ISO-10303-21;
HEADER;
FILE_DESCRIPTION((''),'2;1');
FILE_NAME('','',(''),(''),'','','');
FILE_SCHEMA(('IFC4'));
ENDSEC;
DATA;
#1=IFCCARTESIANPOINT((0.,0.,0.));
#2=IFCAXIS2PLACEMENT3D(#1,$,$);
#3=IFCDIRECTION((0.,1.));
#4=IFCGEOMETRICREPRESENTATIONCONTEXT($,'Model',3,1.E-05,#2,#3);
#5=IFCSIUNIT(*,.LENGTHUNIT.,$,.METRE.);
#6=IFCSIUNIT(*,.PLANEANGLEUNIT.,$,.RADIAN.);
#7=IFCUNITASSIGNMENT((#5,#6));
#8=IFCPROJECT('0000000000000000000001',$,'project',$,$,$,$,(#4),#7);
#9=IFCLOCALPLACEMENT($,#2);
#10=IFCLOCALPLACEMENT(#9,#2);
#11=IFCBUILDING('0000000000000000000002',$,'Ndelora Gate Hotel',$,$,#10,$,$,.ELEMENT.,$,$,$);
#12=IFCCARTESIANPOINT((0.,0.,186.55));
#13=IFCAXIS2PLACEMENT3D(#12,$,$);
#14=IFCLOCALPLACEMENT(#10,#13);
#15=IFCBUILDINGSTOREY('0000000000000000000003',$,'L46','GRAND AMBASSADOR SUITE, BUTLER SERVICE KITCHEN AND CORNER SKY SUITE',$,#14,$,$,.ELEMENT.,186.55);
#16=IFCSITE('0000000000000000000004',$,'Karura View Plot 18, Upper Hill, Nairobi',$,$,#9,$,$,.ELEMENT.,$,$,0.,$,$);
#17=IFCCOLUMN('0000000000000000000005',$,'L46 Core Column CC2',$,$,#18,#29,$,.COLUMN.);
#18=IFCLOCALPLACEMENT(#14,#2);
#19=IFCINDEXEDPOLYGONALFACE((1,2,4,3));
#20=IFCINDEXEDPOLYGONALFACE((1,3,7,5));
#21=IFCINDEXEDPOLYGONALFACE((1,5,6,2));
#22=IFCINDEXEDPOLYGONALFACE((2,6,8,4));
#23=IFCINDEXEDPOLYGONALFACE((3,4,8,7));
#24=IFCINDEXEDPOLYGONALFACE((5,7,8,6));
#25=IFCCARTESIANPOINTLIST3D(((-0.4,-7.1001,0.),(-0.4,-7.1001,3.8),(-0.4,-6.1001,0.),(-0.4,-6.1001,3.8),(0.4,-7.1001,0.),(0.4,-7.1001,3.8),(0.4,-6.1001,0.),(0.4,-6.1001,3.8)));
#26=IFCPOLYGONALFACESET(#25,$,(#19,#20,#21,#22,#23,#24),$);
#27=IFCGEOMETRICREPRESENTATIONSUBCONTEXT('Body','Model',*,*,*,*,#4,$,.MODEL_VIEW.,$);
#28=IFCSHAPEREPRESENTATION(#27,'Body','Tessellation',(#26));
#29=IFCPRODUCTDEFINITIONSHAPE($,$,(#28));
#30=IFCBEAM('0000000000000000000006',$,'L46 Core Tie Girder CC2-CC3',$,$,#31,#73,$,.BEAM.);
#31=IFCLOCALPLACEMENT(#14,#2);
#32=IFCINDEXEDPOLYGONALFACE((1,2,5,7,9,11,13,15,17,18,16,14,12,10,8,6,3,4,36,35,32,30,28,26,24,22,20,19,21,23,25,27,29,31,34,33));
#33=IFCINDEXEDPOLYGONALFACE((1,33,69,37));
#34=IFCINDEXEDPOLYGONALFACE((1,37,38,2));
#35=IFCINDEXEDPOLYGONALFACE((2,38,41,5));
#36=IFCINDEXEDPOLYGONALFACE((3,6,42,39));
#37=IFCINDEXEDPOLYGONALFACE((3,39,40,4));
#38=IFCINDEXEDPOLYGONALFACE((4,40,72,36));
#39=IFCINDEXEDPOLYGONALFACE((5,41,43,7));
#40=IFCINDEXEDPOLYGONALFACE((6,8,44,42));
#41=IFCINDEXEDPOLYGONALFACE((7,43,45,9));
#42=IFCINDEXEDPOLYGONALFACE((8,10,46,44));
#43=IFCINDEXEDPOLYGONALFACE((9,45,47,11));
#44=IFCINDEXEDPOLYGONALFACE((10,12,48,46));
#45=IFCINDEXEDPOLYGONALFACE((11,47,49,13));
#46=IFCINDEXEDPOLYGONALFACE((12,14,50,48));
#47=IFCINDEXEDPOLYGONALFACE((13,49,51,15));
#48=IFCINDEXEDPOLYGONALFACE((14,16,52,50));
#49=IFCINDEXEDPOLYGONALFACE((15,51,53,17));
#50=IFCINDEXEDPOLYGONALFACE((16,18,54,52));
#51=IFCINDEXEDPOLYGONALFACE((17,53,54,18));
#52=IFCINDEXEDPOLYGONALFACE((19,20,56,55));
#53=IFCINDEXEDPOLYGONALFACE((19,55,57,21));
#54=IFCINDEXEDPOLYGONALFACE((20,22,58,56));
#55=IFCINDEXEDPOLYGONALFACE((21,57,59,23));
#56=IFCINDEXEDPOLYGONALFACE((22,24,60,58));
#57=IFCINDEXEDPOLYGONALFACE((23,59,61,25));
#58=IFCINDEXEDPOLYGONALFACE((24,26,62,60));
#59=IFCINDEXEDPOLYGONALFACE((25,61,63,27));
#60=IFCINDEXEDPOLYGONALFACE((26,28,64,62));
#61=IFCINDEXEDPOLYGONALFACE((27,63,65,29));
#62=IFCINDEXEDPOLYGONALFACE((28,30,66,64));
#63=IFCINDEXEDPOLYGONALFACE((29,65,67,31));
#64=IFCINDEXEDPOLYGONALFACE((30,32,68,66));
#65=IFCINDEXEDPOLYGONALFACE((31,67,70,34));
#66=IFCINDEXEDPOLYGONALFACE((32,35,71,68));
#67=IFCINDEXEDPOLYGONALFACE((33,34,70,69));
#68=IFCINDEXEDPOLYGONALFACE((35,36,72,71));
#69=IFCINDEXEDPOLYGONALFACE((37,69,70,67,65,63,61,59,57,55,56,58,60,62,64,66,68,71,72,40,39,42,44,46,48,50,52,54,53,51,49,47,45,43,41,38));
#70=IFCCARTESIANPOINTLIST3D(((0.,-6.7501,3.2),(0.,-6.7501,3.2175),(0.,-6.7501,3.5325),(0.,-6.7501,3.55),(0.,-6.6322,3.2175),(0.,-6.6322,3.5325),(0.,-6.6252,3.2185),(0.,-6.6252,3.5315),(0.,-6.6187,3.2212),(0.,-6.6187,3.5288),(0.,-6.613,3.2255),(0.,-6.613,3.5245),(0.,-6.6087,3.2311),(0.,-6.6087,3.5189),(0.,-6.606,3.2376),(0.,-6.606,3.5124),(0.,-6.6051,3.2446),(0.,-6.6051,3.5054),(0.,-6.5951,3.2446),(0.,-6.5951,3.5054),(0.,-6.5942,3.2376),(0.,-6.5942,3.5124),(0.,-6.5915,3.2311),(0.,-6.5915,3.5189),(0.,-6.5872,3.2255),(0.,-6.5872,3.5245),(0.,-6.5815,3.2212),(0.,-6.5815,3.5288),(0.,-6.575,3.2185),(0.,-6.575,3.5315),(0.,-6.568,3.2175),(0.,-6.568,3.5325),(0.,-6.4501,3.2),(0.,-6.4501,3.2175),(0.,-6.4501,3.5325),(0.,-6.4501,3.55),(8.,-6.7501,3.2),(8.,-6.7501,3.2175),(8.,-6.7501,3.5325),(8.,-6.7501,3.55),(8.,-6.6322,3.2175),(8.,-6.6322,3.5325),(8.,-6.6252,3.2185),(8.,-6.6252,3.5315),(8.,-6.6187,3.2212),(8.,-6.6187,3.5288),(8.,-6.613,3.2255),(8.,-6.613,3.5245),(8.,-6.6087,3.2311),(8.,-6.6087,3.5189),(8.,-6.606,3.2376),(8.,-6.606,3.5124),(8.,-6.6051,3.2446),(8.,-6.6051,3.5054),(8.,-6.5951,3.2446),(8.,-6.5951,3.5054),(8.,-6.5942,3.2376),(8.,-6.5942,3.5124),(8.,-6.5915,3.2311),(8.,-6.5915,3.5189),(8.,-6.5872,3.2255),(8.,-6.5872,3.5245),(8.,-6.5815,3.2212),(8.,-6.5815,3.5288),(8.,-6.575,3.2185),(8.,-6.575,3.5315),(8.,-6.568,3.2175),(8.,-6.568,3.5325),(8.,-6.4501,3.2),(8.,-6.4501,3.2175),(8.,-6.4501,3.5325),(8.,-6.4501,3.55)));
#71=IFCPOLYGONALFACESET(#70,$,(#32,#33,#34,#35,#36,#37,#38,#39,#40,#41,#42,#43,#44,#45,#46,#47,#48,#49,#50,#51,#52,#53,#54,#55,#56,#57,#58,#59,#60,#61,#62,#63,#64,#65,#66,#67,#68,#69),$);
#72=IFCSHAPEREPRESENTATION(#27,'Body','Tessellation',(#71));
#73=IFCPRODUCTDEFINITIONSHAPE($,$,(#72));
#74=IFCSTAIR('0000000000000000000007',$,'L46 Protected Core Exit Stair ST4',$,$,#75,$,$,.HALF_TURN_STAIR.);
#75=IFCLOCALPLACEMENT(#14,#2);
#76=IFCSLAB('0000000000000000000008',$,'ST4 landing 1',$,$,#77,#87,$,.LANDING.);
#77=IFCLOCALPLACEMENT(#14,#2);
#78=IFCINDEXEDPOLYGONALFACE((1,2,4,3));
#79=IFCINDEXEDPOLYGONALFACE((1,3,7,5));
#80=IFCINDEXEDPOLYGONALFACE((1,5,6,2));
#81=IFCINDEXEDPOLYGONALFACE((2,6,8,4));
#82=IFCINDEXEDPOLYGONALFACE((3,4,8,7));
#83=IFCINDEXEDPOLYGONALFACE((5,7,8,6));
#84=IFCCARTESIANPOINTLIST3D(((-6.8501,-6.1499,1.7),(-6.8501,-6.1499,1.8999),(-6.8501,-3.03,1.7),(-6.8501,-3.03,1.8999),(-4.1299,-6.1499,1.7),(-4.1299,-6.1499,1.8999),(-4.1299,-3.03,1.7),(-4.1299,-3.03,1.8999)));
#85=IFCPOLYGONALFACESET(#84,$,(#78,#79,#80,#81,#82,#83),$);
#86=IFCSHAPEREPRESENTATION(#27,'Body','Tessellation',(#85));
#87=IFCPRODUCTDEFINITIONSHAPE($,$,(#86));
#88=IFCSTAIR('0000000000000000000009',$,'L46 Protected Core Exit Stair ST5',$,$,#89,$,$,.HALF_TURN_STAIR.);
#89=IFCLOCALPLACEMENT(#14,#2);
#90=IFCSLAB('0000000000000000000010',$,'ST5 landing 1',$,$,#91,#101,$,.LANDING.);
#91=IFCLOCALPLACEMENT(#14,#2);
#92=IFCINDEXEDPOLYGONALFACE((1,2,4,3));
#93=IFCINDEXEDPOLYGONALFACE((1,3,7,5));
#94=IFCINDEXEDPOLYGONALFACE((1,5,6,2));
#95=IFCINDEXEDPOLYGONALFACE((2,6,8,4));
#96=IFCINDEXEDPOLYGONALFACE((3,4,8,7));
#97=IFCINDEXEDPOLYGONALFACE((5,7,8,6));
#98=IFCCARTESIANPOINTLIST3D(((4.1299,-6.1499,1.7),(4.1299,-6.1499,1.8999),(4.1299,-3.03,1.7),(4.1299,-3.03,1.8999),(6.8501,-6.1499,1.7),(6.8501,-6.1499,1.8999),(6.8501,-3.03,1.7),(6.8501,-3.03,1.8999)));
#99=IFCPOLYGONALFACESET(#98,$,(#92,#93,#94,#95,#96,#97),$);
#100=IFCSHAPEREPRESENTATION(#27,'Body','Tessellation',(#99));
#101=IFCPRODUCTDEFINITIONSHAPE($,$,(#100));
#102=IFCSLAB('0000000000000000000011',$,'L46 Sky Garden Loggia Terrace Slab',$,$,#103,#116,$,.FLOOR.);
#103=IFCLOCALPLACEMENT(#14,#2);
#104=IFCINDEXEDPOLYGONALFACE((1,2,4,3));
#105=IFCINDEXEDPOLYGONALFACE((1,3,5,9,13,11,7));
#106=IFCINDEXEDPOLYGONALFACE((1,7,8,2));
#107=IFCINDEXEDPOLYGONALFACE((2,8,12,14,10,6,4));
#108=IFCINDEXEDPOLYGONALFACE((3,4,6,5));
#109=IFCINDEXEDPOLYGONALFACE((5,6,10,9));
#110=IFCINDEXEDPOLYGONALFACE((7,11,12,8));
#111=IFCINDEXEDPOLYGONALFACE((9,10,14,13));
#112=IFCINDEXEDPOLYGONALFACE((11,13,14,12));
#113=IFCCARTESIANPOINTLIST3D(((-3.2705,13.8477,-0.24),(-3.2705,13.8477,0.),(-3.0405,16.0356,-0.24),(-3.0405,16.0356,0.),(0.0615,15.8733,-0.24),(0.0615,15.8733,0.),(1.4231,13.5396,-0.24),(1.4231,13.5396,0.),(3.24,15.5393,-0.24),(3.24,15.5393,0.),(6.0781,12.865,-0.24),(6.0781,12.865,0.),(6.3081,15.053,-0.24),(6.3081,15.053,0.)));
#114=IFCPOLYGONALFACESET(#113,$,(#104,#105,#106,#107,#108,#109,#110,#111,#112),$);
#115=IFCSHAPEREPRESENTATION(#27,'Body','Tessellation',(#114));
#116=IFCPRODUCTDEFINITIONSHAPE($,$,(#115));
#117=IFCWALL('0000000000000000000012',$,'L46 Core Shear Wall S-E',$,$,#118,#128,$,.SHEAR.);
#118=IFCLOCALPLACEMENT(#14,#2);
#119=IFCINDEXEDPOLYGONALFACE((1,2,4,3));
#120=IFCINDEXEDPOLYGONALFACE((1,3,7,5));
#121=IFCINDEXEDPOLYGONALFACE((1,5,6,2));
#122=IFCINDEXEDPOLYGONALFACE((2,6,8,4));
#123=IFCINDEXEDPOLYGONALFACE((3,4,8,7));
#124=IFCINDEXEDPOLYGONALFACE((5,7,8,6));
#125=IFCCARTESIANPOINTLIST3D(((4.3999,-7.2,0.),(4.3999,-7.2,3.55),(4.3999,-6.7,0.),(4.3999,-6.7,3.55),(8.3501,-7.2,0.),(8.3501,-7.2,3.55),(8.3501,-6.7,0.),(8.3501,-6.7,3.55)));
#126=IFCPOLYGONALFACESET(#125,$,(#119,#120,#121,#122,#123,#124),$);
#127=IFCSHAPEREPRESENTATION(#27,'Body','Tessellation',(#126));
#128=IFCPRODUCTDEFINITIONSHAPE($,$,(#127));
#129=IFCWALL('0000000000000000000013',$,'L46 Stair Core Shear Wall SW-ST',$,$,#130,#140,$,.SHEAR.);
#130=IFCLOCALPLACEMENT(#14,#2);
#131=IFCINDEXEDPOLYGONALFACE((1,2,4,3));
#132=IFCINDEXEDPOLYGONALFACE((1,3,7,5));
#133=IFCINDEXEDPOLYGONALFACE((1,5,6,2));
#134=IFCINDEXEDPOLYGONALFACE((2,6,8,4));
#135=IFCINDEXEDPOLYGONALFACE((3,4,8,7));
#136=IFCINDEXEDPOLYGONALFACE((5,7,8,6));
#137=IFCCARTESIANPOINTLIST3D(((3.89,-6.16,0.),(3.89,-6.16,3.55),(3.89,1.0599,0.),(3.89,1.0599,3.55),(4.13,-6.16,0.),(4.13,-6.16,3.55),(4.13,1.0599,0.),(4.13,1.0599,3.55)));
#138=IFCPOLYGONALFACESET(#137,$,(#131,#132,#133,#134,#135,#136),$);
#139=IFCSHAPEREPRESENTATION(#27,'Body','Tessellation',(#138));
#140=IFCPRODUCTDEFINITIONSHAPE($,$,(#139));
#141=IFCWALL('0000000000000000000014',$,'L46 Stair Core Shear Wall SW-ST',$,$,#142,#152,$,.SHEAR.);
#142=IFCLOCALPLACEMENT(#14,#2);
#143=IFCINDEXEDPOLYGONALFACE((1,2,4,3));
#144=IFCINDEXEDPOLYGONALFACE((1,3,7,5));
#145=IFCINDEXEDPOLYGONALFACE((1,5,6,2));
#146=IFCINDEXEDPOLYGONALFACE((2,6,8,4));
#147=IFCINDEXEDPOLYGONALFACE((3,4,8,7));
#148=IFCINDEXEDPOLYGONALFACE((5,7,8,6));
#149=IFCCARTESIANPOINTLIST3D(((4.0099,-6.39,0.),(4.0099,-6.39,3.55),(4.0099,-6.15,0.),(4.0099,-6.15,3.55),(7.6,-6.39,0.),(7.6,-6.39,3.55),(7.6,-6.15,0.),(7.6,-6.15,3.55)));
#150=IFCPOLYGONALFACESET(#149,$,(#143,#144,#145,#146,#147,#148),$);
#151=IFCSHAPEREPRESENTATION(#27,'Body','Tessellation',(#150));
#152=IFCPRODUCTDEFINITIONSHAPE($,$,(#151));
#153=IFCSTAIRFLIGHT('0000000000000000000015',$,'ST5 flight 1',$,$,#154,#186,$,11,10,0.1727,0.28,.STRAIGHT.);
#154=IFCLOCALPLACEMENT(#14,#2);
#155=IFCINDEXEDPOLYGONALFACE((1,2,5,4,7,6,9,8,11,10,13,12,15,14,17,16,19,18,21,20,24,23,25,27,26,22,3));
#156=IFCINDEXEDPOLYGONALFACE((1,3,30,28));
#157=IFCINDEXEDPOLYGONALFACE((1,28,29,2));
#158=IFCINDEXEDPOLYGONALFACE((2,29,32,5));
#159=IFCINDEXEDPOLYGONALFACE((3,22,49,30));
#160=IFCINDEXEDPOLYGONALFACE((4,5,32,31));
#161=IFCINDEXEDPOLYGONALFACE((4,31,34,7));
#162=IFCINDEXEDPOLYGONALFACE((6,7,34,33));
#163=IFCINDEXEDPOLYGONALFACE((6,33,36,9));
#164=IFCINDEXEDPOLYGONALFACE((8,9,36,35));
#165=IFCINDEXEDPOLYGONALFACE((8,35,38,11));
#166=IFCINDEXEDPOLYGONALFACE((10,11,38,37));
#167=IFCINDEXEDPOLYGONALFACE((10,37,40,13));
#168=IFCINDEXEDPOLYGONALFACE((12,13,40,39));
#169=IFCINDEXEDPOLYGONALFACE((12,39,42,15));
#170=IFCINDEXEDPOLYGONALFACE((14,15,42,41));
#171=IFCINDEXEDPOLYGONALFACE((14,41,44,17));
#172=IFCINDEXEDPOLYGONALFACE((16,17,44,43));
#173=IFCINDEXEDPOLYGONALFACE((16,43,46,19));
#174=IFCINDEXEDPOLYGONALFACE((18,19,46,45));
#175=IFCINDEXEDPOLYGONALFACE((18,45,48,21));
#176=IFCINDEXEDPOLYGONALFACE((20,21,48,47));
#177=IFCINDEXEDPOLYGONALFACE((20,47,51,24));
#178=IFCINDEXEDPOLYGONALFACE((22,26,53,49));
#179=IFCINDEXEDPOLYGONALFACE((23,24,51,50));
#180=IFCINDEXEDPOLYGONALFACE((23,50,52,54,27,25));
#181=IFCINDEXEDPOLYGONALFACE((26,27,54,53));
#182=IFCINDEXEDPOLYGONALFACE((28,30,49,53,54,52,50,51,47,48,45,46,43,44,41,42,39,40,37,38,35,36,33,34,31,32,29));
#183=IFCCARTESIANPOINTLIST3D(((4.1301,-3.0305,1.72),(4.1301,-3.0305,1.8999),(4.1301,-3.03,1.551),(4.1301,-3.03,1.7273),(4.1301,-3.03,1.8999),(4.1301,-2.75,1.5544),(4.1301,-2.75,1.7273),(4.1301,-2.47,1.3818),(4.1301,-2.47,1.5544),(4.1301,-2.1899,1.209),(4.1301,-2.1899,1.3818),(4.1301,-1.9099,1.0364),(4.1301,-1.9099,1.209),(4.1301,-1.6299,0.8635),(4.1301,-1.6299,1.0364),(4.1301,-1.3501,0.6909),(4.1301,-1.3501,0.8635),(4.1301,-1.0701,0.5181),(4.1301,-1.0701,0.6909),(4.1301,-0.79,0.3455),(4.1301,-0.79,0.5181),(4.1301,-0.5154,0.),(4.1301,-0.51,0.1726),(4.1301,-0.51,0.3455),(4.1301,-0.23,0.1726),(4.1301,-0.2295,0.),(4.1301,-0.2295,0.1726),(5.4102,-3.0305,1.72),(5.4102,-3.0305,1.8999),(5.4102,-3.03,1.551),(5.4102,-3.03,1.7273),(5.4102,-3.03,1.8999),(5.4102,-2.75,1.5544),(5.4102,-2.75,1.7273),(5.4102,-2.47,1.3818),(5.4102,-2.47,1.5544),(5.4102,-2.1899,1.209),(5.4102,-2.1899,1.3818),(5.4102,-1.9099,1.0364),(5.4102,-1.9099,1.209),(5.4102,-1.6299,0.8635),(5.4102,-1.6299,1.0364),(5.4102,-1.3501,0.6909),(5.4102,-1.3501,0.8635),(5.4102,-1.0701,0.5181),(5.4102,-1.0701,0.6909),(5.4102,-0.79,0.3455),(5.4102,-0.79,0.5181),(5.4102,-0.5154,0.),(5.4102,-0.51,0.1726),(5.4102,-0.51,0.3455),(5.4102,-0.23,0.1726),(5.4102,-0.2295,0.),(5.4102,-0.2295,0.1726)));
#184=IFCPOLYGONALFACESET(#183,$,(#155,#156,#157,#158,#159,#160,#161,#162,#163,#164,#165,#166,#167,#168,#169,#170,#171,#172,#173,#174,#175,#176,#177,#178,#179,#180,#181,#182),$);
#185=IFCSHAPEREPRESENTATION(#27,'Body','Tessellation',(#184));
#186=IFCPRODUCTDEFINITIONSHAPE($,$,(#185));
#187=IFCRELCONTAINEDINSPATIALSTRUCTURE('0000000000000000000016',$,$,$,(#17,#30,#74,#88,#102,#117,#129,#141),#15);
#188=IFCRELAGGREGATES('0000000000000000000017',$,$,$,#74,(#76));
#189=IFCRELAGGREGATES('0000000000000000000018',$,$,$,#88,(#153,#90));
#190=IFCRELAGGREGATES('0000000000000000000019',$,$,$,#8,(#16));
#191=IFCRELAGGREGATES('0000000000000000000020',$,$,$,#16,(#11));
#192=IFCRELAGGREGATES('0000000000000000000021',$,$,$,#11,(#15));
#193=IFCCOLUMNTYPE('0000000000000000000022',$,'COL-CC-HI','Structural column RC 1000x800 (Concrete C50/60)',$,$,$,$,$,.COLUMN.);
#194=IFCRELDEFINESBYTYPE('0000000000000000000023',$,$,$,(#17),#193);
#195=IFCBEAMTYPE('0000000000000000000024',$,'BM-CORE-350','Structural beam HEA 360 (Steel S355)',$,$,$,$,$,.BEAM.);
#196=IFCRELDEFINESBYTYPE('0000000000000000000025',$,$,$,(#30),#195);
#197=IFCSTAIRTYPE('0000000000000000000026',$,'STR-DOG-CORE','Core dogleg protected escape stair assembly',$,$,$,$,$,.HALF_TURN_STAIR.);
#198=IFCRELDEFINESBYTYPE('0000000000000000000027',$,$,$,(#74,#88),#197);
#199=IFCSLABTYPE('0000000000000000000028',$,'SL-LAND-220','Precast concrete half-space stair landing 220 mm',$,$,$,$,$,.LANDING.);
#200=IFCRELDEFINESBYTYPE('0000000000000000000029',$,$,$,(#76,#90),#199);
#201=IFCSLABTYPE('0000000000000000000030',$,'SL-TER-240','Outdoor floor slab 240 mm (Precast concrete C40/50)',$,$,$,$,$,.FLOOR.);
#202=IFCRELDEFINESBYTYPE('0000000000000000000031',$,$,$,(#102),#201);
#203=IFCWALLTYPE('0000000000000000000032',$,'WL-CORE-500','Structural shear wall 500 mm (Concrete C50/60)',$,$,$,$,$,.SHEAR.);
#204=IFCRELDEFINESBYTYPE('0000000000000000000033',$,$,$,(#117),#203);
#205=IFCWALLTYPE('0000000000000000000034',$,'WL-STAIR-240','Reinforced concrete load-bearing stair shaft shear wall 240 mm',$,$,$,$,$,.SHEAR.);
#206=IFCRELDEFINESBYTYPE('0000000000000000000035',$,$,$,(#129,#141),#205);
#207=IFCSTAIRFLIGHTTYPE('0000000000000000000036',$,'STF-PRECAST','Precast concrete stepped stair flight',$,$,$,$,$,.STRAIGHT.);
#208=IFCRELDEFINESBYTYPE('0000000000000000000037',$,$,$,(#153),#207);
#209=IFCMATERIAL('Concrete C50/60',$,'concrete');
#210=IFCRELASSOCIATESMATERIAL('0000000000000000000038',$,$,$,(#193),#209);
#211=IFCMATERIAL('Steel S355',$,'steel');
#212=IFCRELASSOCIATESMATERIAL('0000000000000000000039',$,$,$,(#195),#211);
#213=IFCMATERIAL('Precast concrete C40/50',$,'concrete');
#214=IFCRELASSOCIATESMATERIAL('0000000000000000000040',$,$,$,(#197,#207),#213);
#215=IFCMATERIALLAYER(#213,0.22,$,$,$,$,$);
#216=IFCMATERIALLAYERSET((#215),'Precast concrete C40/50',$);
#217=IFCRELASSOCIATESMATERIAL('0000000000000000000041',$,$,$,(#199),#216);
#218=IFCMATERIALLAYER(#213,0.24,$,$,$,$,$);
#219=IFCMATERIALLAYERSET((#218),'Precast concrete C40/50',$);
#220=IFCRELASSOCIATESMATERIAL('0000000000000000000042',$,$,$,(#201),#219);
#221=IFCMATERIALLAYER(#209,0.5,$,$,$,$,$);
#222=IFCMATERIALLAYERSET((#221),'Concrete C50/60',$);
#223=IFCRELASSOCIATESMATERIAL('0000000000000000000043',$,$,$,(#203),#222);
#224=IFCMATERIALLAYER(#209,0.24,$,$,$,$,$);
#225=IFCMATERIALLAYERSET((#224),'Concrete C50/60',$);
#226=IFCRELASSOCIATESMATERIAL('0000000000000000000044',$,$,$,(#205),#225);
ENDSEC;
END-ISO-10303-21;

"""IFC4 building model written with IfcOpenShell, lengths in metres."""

from ifc_helpers import new_model, si_unit, direction, frame, frame_2d, origin, origin_2d, place, context, subcontext, project, spatial, polyline, rectangle, i_section, outline, extrude, material, layer, layer_set, material_profile, profile_set, type_object, element, aggregate, save


model = new_model("IFC4")

# Units and contexts
model_context = context("Model", 3, precision=1e-05, world=origin(), true_north=direction((0.0, 1.0)))
body_context = subcontext(model_context, "Body", "Model", "MODEL_VIEW")
ifc_project = project(units=[si_unit("LENGTHUNIT", "METRE"), si_unit("PLANEANGLEUNIT", "RADIAN")], contexts=[model_context])

# Site, building, storey
site_placement = place(None, origin())
site = spatial("IfcSite", under=ifc_project, at=site_placement, Name="Karura View Plot 18, Upper Hill, Nairobi", CompositionType="ELEMENT", RefElevation=0.0)
building_placement = place(site_placement, origin())
building = spatial("IfcBuilding", under=site, at=building_placement, Name="Ndelora Gate Hotel", CompositionType="ELEMENT")
storey_placement = place(building_placement, frame((0.0, 0.0, 186.55)))
storey = spatial("IfcBuildingStorey", under=building, at=storey_placement, Name="L46", Description="GRAND AMBASSADOR SUITE, BUTLER SERVICE KITCHEN AND CORNER SKY SUITE", CompositionType="ELEMENT", Elevation=186.55)

# Column
ifc_material_1 = material(Name="Concrete C50/60", Category="concrete")
ifc_material_profile_1 = material_profile(ifc_material_1, rectangle(XDim=0.8, YDim=1.0, at=origin_2d()), Name="RC 1000x800")
ifc_profile_set_1 = profile_set([ifc_material_profile_1], Name="Concrete C50/60")
column_type = type_object("IfcColumnType", Name="COL-CC-HI", Description="Structural column RC 1000x800 (Concrete C50/60)", PredefinedType="COLUMN", material=ifc_profile_set_1)
column_placement = place(storey_placement, frame((0.0, -6.6001, 0.0), z_axis=(0.0, 0.0, 1.0), x_axis=(1.0, 0.0, 0.0)))
element("IfcColumn", 1, at=column_placement, inside=storey, type_object=column_type, Name="L46 Core Column CC2", PredefinedType="COLUMN", context=body_context, shape_type="SweptSolid", body=[
    extrude(rectangle(XDim=0.8, YDim=1.0, at=origin_2d()), origin(), (0.0, 0.0, 1.0), 3.8),
])

# Beam
ifc_material_2 = material(Name="Steel S355", Category="steel")
ifc_material_profile_2 = material_profile(ifc_material_2, i_section(OverallWidth=0.3, OverallDepth=0.3501, WebThickness=0.01, FlangeThickness=0.0176, FilletRadius=0.0271, at=origin_2d()), Name="HEA 360")
ifc_profile_set_2 = profile_set([ifc_material_profile_2], Name="Steel S355")
beam_type = type_object("IfcBeamType", Name="BM-CORE-350", Description="Structural beam HEA 360 (Steel S355)", PredefinedType="BEAM", material=ifc_profile_set_2)
beam_placement = place(storey_placement, frame((0.0, -6.6001, 3.375), z_axis=(1.0, 0.0, 0.0), x_axis=(0.0, 1.0, 0.0)))
element("IfcBeam", 2, at=beam_placement, inside=storey, type_object=beam_type, Name="L46 Core Tie Girder CC2-CC3", PredefinedType="BEAM", context=body_context, shape_type="SweptSolid", body=[
    extrude(i_section(OverallWidth=0.3, OverallDepth=0.3501, WebThickness=0.01, FlangeThickness=0.0176, FilletRadius=0.0271, at=origin_2d()), origin(), (0.0, 0.0, 1.0), 8.0),
])

# Stairs, slabs
ifc_material_3 = material(Name="Precast concrete C40/50", Category="concrete")
stair_type = type_object("IfcStairType", Name="STR-DOG-CORE", Description="Core dogleg protected escape stair assembly", PredefinedType="HALF_TURN_STAIR", material=ifc_material_3)
stair_1_placement = place(storey_placement, origin())
stair_1 = element("IfcStair", 3, at=stair_1_placement, inside=storey, type_object=stair_type, Name="L46 Protected Core Exit Stair ST4", PredefinedType="HALF_TURN_STAIR")
ifc_layer_1 = layer(ifc_material_3, 0.22)
ifc_layer_set_1 = layer_set([ifc_layer_1], Name="Precast concrete C40/50")
slab_type_1 = type_object("IfcSlabType", Name="SL-LAND-220", Description="Precast concrete half-space stair landing 220 mm", PredefinedType="LANDING", material=ifc_layer_set_1)
slab_1_placement = place(storey_placement, frame((0.0, 0.0, 1.7)))
slab_1 = element("IfcSlab", 4, at=slab_1_placement, type_object=slab_type_1, Name="ST4 landing 1", PredefinedType="LANDING", context=body_context, shape_type="SweptSolid", body=[
    extrude(outline(polyline([(-6.8501, -3.03), (-6.8501, -6.1499), (-4.1299, -6.1499), (-4.1299, -3.03), (-6.8501, -3.03)])), origin(), (0.0, 0.0, 1.0), 0.2),
])
aggregate(stair_1, [slab_1])
stair_2_placement = place(storey_placement, origin())
stair_2 = element("IfcStair", 5, at=stair_2_placement, inside=storey, type_object=stair_type, Name="L46 Protected Core Exit Stair ST5", PredefinedType="HALF_TURN_STAIR")
slab_2_placement = place(storey_placement, frame((0.0, 0.0, 1.7)))
slab_2 = element("IfcSlab", 6, at=slab_2_placement, type_object=slab_type_1, Name="ST5 landing 1", PredefinedType="LANDING", context=body_context, shape_type="SweptSolid", body=[
    extrude(outline(polyline([(4.1299, -3.03), (4.1299, -6.1499), (6.8501, -6.1499), (6.8501, -3.03), (4.1299, -3.03)])), origin(), (0.0, 0.0, 1.0), 0.2),
])

# Slab
ifc_layer_2 = layer(ifc_material_3, 0.24)
ifc_layer_set_2 = layer_set([ifc_layer_2], Name="Precast concrete C40/50")
slab_type_2 = type_object("IfcSlabType", Name="SL-TER-240", Description="Outdoor floor slab 240 mm (Precast concrete C40/50)", PredefinedType="FLOOR", material=ifc_layer_set_2)
slab_3_placement = place(storey_placement, frame((0.0, 0.0, -0.24)))
element("IfcSlab", 7, at=slab_3_placement, inside=storey, type_object=slab_type_2, Name="L46 Sky Garden Loggia Terrace Slab", PredefinedType="FLOOR", context=body_context, shape_type="SweptSolid", body=[
    extrude(outline(polyline([(6.0781, 12.865), (6.3081, 15.053), (3.24, 15.5393), (0.0615, 15.8733), (-3.0405, 16.0356), (-3.2705, 13.8477), (1.4231, 13.5396), (6.0781, 12.865)])), origin(), (0.0, 0.0, 1.0), 0.24),
])

# Walls
ifc_layer_3 = layer(ifc_material_1, 0.5)
ifc_layer_set_3 = layer_set([ifc_layer_3], Name="Concrete C50/60")
wall_type_1 = type_object("IfcWallType", Name="WL-CORE-500", Description="Structural shear wall 500 mm (Concrete C50/60)", PredefinedType="SHEAR", material=ifc_layer_set_3)
wall_1_placement = place(storey_placement, frame((4.3999, -6.95, 0.0), z_axis=(0.0, 0.0, 1.0), x_axis=(1.0, 0.0, 0.0)))
element("IfcWall", 8, at=wall_1_placement, inside=storey, type_object=wall_type_1, Name="L46 Core Shear Wall S-E", PredefinedType="SHEAR", context=body_context, shape_type="SweptSolid", body=[
    extrude(rectangle(XDim=3.9502, YDim=0.5, at=frame_2d((1.9751, 0.0))), origin(), (0.0, 0.0, 1.0), 3.55),
])
ifc_layer_4 = layer(ifc_material_1, 0.24)
ifc_layer_set_4 = layer_set([ifc_layer_4], Name="Concrete C50/60")
wall_type_2 = type_object("IfcWallType", Name="WL-STAIR-240", Description="Reinforced concrete load-bearing stair shaft shear wall 240 mm", PredefinedType="SHEAR", material=ifc_layer_set_4)
wall_2_placement = place(storey_placement, frame((4.01, -6.1599, 0.0), z_axis=(0.0, 0.0, 1.0), x_axis=(0.0, 1.0, 0.0)))
element("IfcWall", 9, at=wall_2_placement, inside=storey, type_object=wall_type_2, Name="L46 Stair Core Shear Wall SW-ST", PredefinedType="SHEAR", context=body_context, shape_type="SweptSolid", body=[
    extrude(rectangle(XDim=7.22, YDim=0.24, at=frame_2d((3.6099, 0.0))), origin(), (0.0, 0.0, 1.0), 3.55),
])
wall_3_placement = place(storey_placement, frame((4.01, -6.27, 0.0), z_axis=(0.0, 0.0, 1.0), x_axis=(1.0, 0.0, 0.0)))
element("IfcWall", 10, at=wall_3_placement, inside=storey, type_object=wall_type_2, Name="L46 Stair Core Shear Wall SW-ST", PredefinedType="SHEAR", context=body_context, shape_type="SweptSolid", body=[
    extrude(rectangle(XDim=3.5901, YDim=0.24, at=frame_2d((1.7949, 0.0))), origin(), (0.0, 0.0, 1.0), 3.55),
])

# Stair flight
stair_flight_type = type_object("IfcStairFlightType", Name="STF-PRECAST", Description="Precast concrete stepped stair flight", PredefinedType="STRAIGHT", material=ifc_material_3)
stair_flight_placement = place(storey_placement, frame((4.77, -0.23, 0.0), z_axis=(0.0, 0.0, 1.0), x_axis=(0.0, -1.0, 0.0)))
stair_flight = element("IfcStairFlight", 11, at=stair_flight_placement, type_object=stair_flight_type, Name="ST5 flight 1", NumberOfRisers=11, NumberOfTreads=10, PredefinedType="STRAIGHT", RiserHeight=0.1727, TreadLength=0.28, context=body_context, shape_type="SweptSolid", body=[
    extrude(outline(polyline([(-0.0005, 0.0), (-0.0005, 0.1726), (0.0, 0.1726), (0.28, 0.1726), (0.28, 0.3455), (0.5601, 0.3455), (0.5601, 0.5181), (0.8401, 0.5181), (0.8401, 0.6909), (1.1201, 0.6909), (1.1201, 0.8635), (1.3999, 0.8635), (1.3999, 1.0364), (1.6799, 1.0364), (1.6799, 1.209), (1.96, 1.209), (1.96, 1.3818), (2.24, 1.3818), (2.24, 1.5544), (2.52, 1.5544), (2.52, 1.7273), (2.8, 1.7273), (2.8, 1.8999), (2.8005, 1.8999), (2.8005, 1.72), (2.8, 1.551), (0.2854, 0.0), (-0.0005, 0.0)])), frame((0.0, 0.6401, 0.0), z_axis=(0.0, -1.0, 0.0), x_axis=(1.0, 0.0, 0.0)), (0.0, 0.0, 1.0), 1.28),
])
aggregate(stair_2, [stair_flight, slab_2])

save(model, "model.ifc")
